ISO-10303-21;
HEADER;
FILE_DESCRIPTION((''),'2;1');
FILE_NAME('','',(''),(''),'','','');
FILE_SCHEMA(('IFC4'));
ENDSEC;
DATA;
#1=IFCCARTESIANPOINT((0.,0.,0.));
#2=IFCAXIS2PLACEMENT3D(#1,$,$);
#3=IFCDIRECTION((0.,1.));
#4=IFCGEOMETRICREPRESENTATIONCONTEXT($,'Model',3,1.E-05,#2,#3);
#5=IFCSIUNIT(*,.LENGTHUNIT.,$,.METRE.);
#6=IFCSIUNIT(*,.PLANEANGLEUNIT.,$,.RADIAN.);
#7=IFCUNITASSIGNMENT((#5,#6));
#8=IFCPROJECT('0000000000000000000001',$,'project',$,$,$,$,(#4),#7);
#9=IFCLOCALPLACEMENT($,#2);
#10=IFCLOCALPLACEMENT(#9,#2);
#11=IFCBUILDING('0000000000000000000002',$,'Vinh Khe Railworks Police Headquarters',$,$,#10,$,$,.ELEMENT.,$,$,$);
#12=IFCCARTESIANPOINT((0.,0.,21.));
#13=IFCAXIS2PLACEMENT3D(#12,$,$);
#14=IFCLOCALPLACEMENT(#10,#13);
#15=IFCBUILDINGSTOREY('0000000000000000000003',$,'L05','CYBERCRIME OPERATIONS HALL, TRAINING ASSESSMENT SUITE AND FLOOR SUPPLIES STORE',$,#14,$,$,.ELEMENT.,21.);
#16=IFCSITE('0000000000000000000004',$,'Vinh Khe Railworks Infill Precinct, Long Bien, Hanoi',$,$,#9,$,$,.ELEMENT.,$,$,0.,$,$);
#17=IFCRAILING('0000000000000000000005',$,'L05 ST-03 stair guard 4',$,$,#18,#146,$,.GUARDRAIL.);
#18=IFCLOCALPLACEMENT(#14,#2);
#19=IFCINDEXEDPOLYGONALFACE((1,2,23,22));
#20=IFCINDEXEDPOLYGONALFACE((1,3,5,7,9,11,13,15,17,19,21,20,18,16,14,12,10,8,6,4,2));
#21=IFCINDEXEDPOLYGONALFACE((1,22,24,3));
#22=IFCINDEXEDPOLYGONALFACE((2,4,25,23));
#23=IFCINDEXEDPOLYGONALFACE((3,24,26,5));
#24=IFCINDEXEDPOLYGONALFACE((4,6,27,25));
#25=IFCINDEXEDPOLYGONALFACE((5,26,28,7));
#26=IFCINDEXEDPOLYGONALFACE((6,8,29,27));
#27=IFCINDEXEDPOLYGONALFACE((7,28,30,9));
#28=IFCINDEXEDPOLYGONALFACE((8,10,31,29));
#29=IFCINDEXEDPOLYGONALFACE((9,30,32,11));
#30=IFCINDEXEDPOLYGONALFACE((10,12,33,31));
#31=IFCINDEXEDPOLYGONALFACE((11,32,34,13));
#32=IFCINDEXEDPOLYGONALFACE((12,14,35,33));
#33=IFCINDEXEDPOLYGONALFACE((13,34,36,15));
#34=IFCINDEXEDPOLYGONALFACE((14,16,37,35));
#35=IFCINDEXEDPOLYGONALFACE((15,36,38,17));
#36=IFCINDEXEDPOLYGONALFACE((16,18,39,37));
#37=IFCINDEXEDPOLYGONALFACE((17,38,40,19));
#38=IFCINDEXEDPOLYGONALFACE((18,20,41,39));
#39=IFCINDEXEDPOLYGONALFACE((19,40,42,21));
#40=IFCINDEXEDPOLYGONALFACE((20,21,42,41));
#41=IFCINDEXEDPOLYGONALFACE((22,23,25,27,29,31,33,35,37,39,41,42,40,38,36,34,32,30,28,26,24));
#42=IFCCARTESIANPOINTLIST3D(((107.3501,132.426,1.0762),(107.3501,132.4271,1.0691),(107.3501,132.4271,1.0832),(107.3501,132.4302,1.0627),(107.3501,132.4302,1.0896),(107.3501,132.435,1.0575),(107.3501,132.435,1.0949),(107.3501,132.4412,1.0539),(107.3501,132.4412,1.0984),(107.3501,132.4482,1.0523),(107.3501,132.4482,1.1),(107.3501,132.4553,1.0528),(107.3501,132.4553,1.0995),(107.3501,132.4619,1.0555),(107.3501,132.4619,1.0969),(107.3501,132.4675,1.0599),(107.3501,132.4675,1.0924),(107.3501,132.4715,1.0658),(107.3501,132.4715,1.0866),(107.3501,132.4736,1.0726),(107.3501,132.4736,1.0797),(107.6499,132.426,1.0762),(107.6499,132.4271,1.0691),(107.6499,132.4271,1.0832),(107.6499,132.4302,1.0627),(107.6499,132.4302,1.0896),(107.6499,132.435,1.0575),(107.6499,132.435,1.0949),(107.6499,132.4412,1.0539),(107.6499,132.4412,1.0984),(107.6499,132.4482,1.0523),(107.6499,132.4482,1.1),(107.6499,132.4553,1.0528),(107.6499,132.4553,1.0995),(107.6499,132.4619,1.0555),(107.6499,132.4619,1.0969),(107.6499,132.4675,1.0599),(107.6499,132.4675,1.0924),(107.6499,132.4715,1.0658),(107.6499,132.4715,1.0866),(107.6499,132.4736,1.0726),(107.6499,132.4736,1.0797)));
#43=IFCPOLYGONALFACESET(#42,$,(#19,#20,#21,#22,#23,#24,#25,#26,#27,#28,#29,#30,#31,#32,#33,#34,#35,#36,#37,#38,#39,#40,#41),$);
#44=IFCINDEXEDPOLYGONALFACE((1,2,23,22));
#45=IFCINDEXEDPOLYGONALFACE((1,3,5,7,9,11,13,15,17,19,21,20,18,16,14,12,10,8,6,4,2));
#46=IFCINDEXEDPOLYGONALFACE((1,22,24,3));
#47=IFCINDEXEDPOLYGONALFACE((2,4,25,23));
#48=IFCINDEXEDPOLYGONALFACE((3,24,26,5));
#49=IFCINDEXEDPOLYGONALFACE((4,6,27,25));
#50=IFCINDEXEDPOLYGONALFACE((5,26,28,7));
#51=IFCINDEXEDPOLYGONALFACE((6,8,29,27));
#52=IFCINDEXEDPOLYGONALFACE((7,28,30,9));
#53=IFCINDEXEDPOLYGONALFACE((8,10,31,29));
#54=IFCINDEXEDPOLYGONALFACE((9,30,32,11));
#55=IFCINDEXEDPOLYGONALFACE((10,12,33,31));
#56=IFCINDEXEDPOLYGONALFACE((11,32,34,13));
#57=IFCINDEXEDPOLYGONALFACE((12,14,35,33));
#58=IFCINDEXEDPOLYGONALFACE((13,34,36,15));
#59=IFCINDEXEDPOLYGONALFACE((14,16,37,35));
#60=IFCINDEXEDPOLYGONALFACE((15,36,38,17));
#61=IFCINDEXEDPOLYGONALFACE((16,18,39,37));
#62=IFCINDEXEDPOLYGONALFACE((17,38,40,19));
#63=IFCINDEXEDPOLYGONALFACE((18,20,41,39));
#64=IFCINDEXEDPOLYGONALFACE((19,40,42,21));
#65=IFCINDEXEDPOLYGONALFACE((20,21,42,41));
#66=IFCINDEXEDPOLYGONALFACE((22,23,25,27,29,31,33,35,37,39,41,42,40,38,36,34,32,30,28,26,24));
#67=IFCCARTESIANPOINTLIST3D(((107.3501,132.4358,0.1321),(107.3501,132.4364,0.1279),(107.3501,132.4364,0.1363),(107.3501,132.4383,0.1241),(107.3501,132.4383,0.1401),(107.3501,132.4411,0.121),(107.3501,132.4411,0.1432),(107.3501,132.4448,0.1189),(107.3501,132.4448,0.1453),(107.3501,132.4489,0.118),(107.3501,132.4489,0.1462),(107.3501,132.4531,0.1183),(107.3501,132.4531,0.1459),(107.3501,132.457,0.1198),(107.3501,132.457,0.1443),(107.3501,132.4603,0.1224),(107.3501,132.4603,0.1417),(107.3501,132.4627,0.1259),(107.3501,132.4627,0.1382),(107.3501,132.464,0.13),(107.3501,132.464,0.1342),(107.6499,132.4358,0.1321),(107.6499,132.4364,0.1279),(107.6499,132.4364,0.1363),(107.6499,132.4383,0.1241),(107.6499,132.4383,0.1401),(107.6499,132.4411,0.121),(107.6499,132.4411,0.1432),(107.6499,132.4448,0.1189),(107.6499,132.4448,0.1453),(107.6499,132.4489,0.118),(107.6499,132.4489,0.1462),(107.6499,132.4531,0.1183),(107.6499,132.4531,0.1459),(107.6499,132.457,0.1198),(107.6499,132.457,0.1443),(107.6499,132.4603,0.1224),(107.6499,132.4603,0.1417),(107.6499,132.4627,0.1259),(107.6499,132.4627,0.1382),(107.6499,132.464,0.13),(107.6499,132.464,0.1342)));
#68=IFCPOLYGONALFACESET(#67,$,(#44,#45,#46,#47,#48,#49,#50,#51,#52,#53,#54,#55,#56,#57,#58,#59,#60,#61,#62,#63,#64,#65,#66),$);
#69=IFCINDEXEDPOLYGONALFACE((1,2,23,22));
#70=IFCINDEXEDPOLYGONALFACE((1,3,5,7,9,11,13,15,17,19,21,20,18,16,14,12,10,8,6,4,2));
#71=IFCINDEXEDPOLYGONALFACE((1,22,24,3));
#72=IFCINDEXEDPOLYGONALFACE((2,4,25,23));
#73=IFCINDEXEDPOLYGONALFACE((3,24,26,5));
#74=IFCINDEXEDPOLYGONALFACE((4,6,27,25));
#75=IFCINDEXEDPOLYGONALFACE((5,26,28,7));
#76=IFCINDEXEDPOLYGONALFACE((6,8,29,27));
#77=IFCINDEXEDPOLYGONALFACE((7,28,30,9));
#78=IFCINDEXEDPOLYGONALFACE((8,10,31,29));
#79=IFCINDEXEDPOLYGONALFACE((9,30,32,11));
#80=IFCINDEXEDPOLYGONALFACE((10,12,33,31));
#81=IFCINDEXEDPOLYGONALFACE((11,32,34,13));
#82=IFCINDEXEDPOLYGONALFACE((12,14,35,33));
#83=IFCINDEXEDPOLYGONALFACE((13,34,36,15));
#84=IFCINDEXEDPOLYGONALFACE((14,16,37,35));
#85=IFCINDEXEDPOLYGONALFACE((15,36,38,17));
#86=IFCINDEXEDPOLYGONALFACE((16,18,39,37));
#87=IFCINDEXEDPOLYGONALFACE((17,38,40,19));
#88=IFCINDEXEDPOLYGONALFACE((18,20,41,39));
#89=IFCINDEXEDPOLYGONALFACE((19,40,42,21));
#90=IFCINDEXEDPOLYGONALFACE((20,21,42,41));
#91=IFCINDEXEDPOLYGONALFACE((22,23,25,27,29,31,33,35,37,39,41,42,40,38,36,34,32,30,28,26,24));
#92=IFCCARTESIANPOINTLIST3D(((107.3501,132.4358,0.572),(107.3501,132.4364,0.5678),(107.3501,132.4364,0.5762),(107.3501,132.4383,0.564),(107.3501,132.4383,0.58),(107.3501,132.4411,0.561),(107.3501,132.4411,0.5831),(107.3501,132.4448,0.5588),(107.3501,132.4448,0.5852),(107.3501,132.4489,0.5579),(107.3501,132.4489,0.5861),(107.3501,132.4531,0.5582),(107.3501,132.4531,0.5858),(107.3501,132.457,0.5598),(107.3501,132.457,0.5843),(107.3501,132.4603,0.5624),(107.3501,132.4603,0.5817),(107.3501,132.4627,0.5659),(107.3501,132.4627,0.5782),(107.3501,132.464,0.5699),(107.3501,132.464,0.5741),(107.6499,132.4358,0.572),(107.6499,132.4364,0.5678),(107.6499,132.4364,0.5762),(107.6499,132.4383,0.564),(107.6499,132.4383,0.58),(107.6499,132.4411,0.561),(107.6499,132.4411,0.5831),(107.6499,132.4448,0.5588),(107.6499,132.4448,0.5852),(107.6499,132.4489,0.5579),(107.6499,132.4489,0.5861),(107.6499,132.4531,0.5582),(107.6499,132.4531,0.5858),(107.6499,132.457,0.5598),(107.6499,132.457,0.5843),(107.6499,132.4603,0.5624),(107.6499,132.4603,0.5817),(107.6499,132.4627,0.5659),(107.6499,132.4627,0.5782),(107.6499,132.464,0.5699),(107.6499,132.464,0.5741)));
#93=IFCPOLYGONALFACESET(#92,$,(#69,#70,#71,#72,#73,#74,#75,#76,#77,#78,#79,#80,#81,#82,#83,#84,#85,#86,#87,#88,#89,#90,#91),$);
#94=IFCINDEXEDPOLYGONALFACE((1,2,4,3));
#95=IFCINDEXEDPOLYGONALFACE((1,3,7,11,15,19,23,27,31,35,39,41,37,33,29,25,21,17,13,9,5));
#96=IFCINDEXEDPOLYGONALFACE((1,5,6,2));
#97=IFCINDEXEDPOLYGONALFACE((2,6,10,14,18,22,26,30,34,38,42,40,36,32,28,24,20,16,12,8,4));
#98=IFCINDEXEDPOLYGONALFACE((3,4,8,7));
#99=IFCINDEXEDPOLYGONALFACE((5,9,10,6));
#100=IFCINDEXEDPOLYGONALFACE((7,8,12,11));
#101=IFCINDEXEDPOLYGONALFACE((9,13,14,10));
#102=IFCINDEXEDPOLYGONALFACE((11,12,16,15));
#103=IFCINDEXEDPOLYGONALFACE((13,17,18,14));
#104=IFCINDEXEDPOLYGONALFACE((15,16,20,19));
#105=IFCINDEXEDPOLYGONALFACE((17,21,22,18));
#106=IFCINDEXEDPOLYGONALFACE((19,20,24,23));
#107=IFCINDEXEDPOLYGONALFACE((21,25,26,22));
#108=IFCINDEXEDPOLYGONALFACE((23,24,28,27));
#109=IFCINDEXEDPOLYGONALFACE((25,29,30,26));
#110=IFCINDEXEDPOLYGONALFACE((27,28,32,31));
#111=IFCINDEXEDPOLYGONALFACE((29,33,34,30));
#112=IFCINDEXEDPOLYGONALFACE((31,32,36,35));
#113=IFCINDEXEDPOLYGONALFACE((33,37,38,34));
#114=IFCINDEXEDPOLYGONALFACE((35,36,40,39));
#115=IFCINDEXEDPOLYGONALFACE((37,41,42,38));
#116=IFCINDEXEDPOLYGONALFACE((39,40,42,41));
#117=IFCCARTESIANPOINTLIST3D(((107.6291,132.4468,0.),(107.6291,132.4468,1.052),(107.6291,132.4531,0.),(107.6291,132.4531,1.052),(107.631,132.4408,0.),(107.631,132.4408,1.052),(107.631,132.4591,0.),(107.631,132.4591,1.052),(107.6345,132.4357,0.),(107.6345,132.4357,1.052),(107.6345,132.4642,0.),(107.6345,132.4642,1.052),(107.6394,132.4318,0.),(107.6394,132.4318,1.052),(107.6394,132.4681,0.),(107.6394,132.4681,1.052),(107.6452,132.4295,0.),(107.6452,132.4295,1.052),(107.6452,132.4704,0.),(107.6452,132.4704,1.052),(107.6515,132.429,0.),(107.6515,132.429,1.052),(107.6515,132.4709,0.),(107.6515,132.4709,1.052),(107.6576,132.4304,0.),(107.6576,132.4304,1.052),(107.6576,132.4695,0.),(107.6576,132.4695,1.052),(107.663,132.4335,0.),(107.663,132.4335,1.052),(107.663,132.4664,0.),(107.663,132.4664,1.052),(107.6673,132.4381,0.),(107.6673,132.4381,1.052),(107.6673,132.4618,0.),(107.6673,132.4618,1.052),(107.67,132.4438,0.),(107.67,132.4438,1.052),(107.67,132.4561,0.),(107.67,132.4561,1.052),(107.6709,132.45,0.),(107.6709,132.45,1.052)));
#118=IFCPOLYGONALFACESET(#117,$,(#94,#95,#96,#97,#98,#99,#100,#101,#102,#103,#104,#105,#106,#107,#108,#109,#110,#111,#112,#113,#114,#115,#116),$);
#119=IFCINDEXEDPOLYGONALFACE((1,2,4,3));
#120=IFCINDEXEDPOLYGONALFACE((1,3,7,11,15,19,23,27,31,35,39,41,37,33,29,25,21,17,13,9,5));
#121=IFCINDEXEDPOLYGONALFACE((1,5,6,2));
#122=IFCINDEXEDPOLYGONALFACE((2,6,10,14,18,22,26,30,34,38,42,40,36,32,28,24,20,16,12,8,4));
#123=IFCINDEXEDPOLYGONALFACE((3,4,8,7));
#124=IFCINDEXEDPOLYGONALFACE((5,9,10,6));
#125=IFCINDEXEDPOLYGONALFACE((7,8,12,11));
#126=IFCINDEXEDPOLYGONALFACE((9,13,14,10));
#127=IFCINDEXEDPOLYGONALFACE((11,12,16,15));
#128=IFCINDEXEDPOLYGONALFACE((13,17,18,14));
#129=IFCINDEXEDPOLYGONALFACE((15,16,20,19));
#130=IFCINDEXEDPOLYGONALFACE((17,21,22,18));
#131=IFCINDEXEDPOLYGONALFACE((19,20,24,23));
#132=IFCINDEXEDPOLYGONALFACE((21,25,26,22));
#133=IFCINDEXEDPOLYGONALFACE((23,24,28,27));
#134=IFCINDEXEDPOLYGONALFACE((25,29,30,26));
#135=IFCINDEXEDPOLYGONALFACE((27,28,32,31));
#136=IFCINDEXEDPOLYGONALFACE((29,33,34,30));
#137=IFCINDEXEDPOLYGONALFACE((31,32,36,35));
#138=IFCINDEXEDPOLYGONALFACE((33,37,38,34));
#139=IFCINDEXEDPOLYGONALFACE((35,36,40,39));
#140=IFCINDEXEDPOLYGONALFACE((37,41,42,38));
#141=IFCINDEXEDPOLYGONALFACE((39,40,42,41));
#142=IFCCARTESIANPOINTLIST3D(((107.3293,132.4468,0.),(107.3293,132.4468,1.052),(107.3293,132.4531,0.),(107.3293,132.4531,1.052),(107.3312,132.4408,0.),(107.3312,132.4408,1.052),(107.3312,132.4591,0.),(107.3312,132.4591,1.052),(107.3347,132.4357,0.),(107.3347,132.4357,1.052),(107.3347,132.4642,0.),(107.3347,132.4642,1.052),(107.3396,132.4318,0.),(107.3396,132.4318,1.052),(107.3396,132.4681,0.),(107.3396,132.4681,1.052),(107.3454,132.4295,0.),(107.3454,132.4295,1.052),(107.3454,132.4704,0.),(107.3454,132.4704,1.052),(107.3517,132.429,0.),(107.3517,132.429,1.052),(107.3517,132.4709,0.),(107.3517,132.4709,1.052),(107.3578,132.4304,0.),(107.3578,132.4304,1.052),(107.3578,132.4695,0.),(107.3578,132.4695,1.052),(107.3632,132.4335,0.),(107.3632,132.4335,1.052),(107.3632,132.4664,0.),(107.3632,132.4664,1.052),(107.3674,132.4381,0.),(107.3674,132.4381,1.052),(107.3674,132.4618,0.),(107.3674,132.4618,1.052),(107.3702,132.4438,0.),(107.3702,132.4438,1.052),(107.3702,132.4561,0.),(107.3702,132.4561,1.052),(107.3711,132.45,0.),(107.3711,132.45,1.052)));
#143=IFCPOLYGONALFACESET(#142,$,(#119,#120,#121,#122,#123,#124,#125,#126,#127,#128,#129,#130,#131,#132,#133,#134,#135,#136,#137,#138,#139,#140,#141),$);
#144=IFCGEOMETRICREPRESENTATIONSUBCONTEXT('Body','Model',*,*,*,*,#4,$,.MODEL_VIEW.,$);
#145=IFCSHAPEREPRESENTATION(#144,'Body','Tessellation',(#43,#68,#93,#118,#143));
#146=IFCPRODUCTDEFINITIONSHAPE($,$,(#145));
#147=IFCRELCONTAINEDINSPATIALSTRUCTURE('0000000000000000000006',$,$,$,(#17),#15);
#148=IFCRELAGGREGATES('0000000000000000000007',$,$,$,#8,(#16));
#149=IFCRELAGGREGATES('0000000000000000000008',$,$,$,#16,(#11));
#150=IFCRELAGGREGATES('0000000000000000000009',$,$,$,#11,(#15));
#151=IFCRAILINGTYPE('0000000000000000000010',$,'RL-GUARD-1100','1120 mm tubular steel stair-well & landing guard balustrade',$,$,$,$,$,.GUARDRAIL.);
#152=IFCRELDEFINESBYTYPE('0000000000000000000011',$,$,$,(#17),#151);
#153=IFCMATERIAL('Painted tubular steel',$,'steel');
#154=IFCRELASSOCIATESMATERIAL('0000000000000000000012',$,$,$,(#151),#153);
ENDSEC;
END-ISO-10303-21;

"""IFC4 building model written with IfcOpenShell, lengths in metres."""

from ifc_helpers import new_model, si_unit, direction, frame, origin, origin_2d, place, context, subcontext, project, spatial, circle, extrude, material, type_object, element, save


model = new_model("IFC4")

# Units and contexts
model_context = context("Model", 3, precision=1e-05, world=origin(), true_north=direction((0.0, 1.0)))
body_context = subcontext(model_context, "Body", "Model", "MODEL_VIEW")
ifc_project = project(units=[si_unit("LENGTHUNIT", "METRE"), si_unit("PLANEANGLEUNIT", "RADIAN")], contexts=[model_context])

# Site, building, storey
site_placement = place(None, origin())
site = spatial("IfcSite", under=ifc_project, at=site_placement, Name="Vinh Khe Railworks Infill Precinct, Long Bien, Hanoi", CompositionType="ELEMENT", RefElevation=0.0)
building_placement = place(site_placement, origin())
building = spatial("IfcBuilding", under=site, at=building_placement, Name="Vinh Khe Railworks Police Headquarters", CompositionType="ELEMENT")
storey_placement = place(building_placement, frame((0.0, 0.0, 21.0)))
storey = spatial("IfcBuildingStorey", under=building, at=storey_placement, Name="L05", Description="CYBERCRIME OPERATIONS HALL, TRAINING ASSESSMENT SUITE AND FLOOR SUPPLIES STORE", CompositionType="ELEMENT", Elevation=21.0)

# Railing
ifc_material_1 = material(Name="Painted tubular steel", Category="steel")
railing_type_1 = type_object("IfcRailingType", Name="RL-GUARD-1100", Description="1120 mm tubular steel stair-well & landing guard balustrade", PredefinedType="GUARDRAIL", material=ifc_material_1)
railing_1_placement = place(storey_placement, frame((107.6499, 132.45, 0.0)))
element("IfcRailing", 1, at=railing_1_placement, inside=storey, type_object=railing_type_1, Name="L05 ST-03 stair guard 4", PredefinedType="GUARDRAIL", context=body_context, shape_type="SweptSolid", body=[
    extrude(circle(Radius=0.0239, at=origin_2d()), frame((0.0, 0.0, 1.0762), z_axis=(-1.0, 0.0, 0.0), x_axis=(0.0, -1.0, 0.0)), (0.0, 0.0, 1.0), 0.2998),
    extrude(circle(Radius=0.0142, at=origin_2d()), frame((0.0, 0.0, 0.1321), z_axis=(-1.0, 0.0, 0.0), x_axis=(0.0, -1.0, 0.0)), (0.0, 0.0, 1.0), 0.2998),
    extrude(circle(Radius=0.0142, at=origin_2d()), frame((0.0, 0.0, 0.572), z_axis=(-1.0, 0.0, 0.0), x_axis=(0.0, -1.0, 0.0)), (0.0, 0.0, 1.0), 0.2998),
    extrude(circle(Radius=0.021, at=origin_2d()), origin(), (0.0, 0.0, 1.0), 1.052),
    extrude(circle(Radius=0.021, at=origin_2d()), frame((-0.2998, 0.0, 0.0)), (0.0, 0.0, 1.0), 1.052),
])

save(model, "model.ifc")
